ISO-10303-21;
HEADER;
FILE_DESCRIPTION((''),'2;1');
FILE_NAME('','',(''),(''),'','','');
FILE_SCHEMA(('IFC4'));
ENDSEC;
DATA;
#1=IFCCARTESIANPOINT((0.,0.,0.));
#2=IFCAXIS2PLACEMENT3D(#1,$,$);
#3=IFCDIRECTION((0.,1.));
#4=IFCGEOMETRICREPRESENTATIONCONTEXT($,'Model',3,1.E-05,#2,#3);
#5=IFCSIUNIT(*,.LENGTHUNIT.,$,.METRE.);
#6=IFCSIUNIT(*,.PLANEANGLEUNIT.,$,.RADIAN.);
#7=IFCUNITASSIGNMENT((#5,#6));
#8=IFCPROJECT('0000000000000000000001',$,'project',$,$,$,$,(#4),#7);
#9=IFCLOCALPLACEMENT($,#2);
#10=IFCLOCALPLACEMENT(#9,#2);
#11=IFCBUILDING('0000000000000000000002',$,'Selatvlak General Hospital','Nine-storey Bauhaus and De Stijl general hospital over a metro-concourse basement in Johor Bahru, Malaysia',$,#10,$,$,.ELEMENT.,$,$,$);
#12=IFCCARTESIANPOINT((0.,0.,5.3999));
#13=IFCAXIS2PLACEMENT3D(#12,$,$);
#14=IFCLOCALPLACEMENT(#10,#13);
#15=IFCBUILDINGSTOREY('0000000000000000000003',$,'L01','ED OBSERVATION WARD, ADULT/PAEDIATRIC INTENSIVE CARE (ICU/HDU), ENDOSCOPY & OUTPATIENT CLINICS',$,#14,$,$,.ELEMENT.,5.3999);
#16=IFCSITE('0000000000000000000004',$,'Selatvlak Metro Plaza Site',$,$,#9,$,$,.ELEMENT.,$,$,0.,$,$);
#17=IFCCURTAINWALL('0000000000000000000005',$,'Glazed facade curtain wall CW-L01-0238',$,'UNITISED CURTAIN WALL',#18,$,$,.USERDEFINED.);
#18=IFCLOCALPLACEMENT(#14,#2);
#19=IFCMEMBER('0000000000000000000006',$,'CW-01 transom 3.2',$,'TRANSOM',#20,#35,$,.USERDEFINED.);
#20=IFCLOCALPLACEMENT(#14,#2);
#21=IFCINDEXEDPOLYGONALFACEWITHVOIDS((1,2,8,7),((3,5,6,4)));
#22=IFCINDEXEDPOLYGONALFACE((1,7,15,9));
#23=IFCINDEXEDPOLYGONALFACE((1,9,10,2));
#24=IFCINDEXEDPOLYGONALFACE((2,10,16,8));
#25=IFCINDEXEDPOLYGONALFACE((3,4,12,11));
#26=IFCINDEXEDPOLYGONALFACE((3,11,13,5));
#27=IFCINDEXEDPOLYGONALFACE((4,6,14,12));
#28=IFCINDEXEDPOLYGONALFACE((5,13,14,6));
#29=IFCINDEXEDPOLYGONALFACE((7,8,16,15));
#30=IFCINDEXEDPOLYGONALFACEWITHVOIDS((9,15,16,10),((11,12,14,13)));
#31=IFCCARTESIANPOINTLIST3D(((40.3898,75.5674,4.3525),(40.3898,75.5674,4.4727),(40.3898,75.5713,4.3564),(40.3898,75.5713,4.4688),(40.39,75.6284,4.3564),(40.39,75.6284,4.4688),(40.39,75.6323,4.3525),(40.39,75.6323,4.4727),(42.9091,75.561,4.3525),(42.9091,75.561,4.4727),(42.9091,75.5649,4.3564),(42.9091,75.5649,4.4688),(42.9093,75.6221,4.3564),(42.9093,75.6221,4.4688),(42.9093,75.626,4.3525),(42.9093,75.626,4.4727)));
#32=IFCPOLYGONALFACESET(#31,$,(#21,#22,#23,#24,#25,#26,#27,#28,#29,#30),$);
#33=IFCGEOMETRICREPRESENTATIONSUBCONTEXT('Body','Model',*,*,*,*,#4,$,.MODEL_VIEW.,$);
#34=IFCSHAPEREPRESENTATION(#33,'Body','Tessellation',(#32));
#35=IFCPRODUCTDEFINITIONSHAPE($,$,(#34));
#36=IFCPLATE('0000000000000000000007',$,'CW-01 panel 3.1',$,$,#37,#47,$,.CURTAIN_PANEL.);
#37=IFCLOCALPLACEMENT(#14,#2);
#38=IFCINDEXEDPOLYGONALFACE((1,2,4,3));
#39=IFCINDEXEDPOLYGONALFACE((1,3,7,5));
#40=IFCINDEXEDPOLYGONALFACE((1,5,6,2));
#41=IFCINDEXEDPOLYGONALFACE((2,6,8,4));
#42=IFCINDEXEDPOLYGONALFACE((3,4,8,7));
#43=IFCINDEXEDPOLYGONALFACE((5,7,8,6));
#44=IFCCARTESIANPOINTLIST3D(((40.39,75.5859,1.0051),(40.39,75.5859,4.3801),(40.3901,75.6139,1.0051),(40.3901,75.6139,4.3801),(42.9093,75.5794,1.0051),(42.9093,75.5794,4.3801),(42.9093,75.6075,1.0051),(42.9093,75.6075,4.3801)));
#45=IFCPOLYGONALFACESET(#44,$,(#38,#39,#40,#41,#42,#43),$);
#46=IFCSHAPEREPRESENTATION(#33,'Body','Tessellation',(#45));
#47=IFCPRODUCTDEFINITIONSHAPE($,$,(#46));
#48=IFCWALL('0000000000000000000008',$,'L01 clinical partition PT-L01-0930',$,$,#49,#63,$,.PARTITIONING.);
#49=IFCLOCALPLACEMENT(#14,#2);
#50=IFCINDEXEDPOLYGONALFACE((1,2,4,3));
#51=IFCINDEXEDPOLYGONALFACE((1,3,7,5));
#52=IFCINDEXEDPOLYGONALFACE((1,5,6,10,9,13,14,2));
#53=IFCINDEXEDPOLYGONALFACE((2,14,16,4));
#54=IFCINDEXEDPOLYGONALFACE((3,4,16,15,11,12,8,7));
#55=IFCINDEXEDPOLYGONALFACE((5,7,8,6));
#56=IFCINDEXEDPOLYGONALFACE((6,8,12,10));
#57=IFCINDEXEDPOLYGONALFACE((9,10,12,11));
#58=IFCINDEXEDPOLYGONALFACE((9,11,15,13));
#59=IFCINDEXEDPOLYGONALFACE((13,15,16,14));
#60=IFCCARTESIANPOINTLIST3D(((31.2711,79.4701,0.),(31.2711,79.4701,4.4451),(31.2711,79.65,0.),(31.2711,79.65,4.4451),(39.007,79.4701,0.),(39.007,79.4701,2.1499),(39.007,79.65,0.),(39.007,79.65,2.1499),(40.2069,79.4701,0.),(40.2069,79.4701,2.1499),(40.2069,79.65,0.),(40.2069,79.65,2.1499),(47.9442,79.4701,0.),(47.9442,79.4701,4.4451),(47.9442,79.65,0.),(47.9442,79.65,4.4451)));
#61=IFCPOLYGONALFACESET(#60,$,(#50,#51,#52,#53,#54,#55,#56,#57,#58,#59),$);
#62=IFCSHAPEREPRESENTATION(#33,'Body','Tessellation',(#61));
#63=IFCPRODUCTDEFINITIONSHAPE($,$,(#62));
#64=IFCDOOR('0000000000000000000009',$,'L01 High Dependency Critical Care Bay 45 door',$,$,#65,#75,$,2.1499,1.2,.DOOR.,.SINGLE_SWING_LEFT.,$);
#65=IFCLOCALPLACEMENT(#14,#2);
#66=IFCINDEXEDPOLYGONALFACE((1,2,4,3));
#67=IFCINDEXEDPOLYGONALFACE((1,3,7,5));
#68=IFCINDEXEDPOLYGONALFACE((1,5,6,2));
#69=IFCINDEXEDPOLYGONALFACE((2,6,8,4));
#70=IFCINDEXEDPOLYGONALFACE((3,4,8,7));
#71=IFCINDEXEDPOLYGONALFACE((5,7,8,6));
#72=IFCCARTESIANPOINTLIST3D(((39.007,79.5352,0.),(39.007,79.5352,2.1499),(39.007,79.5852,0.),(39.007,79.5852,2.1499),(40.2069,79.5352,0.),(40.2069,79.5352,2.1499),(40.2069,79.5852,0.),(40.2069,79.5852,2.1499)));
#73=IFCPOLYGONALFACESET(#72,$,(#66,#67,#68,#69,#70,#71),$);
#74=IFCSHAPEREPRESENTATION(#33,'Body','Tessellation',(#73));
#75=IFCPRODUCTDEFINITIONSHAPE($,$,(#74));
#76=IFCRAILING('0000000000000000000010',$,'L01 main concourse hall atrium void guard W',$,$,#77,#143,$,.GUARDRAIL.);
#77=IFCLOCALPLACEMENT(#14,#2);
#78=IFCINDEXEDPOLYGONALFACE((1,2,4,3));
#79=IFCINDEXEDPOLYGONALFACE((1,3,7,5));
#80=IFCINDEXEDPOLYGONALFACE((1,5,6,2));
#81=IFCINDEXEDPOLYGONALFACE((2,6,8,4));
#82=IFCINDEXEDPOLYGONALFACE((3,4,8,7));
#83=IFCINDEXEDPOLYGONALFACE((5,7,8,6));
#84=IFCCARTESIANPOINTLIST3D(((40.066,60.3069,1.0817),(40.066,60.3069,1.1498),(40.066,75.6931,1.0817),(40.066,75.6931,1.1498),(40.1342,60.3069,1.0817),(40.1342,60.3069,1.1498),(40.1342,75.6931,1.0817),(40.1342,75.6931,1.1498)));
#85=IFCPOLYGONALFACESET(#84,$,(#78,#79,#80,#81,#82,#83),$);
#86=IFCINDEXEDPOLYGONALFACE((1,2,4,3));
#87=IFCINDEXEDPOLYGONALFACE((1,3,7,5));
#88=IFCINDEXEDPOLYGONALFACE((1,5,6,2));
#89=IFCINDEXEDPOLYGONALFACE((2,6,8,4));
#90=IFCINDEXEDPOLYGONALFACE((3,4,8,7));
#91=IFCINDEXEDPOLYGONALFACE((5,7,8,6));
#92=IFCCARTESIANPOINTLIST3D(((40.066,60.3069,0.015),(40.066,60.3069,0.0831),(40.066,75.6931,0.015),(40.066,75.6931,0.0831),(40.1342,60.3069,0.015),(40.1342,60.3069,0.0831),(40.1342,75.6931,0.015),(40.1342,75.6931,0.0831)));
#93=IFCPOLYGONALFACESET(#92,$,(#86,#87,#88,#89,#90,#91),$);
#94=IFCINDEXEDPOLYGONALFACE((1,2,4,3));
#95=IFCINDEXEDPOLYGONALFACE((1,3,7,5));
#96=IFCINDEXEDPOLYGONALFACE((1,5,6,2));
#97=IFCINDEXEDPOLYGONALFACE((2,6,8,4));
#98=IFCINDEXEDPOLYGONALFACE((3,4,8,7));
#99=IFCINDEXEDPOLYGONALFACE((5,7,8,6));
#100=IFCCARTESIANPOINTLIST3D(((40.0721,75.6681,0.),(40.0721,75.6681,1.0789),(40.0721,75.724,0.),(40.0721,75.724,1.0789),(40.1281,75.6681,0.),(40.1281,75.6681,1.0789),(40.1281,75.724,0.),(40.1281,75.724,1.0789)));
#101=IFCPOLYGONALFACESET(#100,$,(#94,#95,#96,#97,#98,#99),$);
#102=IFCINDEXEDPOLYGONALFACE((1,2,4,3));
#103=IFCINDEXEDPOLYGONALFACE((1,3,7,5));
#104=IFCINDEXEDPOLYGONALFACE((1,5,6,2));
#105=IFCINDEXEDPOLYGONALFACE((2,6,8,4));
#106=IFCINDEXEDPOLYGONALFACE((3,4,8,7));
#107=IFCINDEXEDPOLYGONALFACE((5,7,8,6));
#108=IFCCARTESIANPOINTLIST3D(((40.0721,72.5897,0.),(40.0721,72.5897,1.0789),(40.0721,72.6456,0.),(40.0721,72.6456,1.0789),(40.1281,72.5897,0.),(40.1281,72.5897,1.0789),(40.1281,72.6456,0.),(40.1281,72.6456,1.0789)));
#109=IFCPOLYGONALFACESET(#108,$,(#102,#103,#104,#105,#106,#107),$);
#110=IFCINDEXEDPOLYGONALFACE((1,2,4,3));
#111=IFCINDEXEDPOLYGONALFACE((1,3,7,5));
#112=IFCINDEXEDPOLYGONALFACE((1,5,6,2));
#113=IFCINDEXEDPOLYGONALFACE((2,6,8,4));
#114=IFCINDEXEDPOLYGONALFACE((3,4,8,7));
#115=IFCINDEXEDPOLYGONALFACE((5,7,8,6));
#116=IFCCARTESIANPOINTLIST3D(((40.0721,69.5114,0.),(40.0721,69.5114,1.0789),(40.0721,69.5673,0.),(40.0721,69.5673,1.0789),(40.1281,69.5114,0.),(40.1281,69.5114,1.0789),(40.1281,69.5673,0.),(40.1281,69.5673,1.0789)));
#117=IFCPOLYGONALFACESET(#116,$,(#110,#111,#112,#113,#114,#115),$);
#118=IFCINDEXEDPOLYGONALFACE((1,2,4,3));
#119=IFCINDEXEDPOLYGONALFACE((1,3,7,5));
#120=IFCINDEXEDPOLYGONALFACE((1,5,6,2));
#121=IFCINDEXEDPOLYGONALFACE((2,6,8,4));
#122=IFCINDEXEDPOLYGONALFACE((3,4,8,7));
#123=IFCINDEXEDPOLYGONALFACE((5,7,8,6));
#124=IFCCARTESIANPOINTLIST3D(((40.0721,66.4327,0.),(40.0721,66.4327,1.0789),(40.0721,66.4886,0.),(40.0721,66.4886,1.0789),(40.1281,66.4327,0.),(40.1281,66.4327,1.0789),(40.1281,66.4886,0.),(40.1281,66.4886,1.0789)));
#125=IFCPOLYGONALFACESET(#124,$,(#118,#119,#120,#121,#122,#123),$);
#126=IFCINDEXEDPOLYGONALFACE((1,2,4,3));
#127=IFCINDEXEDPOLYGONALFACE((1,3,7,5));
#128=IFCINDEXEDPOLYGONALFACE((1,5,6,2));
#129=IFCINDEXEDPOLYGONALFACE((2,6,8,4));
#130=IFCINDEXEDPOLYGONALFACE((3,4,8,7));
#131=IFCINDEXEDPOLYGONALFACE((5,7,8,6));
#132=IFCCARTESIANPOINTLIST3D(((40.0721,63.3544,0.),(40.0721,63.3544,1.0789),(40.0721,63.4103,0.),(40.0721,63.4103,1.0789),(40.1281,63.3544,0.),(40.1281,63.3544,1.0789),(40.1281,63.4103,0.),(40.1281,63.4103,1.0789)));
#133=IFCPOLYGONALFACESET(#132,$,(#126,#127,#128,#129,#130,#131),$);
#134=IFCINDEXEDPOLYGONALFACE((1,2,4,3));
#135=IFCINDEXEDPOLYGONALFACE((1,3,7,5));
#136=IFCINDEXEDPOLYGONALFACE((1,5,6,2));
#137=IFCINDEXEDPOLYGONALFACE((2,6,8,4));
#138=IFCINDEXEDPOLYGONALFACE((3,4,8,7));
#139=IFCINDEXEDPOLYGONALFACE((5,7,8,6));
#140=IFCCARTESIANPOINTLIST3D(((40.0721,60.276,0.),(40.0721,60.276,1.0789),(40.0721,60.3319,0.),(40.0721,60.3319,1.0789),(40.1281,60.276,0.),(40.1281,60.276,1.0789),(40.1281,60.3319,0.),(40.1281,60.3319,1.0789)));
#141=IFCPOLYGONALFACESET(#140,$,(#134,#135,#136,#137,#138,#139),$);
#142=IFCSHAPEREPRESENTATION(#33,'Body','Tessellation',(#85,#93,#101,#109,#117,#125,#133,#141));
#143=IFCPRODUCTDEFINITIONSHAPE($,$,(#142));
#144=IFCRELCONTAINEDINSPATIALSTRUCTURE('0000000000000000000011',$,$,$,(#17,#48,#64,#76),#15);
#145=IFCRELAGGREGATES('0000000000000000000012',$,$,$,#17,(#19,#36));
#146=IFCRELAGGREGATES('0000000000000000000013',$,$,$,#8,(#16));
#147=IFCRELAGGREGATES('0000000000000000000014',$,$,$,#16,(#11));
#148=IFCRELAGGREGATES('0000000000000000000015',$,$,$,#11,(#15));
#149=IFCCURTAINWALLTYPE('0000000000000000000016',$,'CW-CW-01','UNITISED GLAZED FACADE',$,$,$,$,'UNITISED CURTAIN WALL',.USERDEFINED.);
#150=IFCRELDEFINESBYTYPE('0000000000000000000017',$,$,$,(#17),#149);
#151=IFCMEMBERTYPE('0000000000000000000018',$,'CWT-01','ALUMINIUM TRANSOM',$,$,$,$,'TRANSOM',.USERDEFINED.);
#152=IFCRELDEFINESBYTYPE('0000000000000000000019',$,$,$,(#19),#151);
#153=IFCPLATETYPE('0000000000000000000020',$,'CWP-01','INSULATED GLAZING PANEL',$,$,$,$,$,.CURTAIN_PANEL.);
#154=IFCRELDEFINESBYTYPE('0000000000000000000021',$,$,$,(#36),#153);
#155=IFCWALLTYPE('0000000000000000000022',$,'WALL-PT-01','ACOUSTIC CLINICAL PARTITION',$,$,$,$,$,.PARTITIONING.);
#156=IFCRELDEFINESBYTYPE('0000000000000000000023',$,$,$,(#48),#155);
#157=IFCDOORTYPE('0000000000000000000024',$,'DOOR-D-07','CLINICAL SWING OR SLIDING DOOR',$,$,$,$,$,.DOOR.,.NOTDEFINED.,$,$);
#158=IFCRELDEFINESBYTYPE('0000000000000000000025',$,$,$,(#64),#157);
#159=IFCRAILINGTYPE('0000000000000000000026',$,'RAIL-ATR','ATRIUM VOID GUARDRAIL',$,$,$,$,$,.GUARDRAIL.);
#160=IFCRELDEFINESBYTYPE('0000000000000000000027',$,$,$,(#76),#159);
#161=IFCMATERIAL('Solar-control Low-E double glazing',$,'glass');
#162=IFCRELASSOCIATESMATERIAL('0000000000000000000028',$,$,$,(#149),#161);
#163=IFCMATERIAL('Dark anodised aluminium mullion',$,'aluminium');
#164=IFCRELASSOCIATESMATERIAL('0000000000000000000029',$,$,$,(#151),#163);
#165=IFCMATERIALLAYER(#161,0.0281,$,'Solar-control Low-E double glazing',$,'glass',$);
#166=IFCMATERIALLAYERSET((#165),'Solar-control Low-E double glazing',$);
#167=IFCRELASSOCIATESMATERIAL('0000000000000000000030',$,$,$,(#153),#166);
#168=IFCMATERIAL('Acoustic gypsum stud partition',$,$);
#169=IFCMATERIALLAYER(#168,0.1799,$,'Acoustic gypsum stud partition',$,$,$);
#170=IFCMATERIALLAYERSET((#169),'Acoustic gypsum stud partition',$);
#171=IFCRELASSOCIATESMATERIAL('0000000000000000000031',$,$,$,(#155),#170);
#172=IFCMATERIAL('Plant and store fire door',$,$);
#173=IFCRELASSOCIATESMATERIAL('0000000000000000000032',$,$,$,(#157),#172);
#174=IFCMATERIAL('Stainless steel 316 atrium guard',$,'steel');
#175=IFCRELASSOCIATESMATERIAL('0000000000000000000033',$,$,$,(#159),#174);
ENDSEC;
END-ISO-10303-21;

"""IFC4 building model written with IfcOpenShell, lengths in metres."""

from ifc_helpers import new_model, si_unit, direction, frame, frame_2d, origin, origin_2d, place, context, subcontext, project, spatial, rectangle, hollow_rectangle, extrude, material, layer, layer_set, material_profile, profile_set, type_object, element, fill, aggregate, save


model = new_model("IFC4")

# Units and contexts
model_context = context("Model", 3, precision=1e-05, world=origin(), true_north=direction((0.0, 1.0)))
body_context = subcontext(model_context, "Body", "Model", "MODEL_VIEW")
ifc_project = project(units=[si_unit("LENGTHUNIT", "METRE"), si_unit("PLANEANGLEUNIT", "RADIAN")], contexts=[model_context])

# Site, building, storey
site_placement = place(None, origin())
site = spatial("IfcSite", under=ifc_project, at=site_placement, Name="Selatvlak Metro Plaza Site", CompositionType="ELEMENT", RefElevation=0.0)
building_placement = place(site_placement, origin())
building = spatial("IfcBuilding", under=site, at=building_placement, Name="Selatvlak General Hospital", Description="Nine-storey Bauhaus and De Stijl general hospital over a metro-concourse basement in Johor Bahru, Malaysia", CompositionType="ELEMENT")
storey_placement = place(building_placement, frame((0.0, 0.0, 5.3999)))
storey = spatial("IfcBuildingStorey", under=building, at=storey_placement, Name="L01", Description="ED OBSERVATION WARD, ADULT/PAEDIATRIC INTENSIVE CARE (ICU/HDU), ENDOSCOPY & OUTPATIENT CLINICS", CompositionType="ELEMENT", Elevation=5.3999)

# Curtain wall, member, plate
ifc_material_1 = material(Name="Solar-control Low-E double glazing", Category="glass")
curtain_wall_type = type_object("IfcCurtainWallType", Name="CW-CW-01", Description="UNITISED GLAZED FACADE", ElementType="UNITISED CURTAIN WALL", PredefinedType="USERDEFINED", material=ifc_material_1)
curtain_wall_placement = place(storey_placement, origin())
curtain_wall = element("IfcCurtainWall", 1, at=curtain_wall_placement, inside=storey, type_object=curtain_wall_type, Name="Glazed facade curtain wall CW-L01-0238", ObjectType="UNITISED CURTAIN WALL", PredefinedType="USERDEFINED")
ifc_material_2 = material(Name="Dark anodised aluminium mullion", Category="aluminium")
ifc_material_profile_1 = material_profile(ifc_material_2, hollow_rectangle(XDim=0.0649, YDim=0.1201, WallThickness=0.0039, at=origin_2d()), Name="AL-TRN 65x120x4")
ifc_profile_set_1 = profile_set([ifc_material_profile_1], Name="Dark anodised aluminium mullion")
member_type_1 = type_object("IfcMemberType", Name="CWT-01", Description="ALUMINIUM TRANSOM", ElementType="TRANSOM", PredefinedType="USERDEFINED", material=ifc_profile_set_1)
member_1_placement = place(storey_placement, frame((42.9092, 75.5935, 4.4126), z_axis=(-0.999997, 0.00252, 0.0), x_axis=(-0.00252, -0.999997, 0.0)))
member_1 = element("IfcMember", 2, at=member_1_placement, type_object=member_type_1, Name="CW-01 transom 3.2", ObjectType="TRANSOM", PredefinedType="USERDEFINED", context=body_context, shape_type="SweptSolid", body=[
    extrude(hollow_rectangle(XDim=0.0649, YDim=0.1201, WallThickness=0.0039, at=origin_2d()), origin(), (0.0, 0.0, 1.0), 2.5193),
])
ifc_layer_1 = layer(ifc_material_1, 0.0281, Name="Solar-control Low-E double glazing", Category="glass")
ifc_layer_set_1 = layer_set([ifc_layer_1], Name="Solar-control Low-E double glazing")
plate_type = type_object("IfcPlateType", Name="CWP-01", Description="INSULATED GLAZING PANEL", PredefinedType="CURTAIN_PANEL", material=ifc_layer_set_1)
plate_placement = place(storey_placement, frame((41.6497, 75.5967, 1.0051), z_axis=(0.0, 0.0, 1.0), x_axis=(-0.999997, 0.002548, 0.0)))
plate = element("IfcPlate", 3, at=plate_placement, type_object=plate_type, Name="CW-01 panel 3.1", PredefinedType="CURTAIN_PANEL", context=body_context, shape_type="SweptSolid", body=[
    extrude(rectangle(XDim=2.5193, YDim=0.0281, at=origin_2d()), origin(), (0.0, 0.0, 1.0), 3.375),
])
aggregate(curtain_wall, [member_1, plate])

# Wall, opening, door
ifc_material_3 = material(Name="Acoustic gypsum stud partition")
ifc_layer_2 = layer(ifc_material_3, 0.1799, Name="Acoustic gypsum stud partition")
ifc_layer_set_2 = layer_set([ifc_layer_2], Name="Acoustic gypsum stud partition")
wall_type = type_object("IfcWallType", Name="WALL-PT-01", Description="ACOUSTIC CLINICAL PARTITION", PredefinedType="PARTITIONING", material=ifc_layer_set_2)
wall_placement = place(storey_placement, frame((47.9441, 79.5601, 0.0), z_axis=(0.0, 0.0, 1.0), x_axis=(-1.0, 0.0, 0.0)))
wall = element("IfcWall", 4, at=wall_placement, inside=storey, type_object=wall_type, Name="L01 clinical partition PT-L01-0930", PredefinedType="PARTITIONING", context=body_context, shape_type="SweptSolid", body=[
    extrude(rectangle(XDim=16.6731, YDim=0.1799, at=frame_2d((8.3364, 0.0))), origin(), (0.0, 0.0, 1.0), 4.4451),
])
opening_placement = place(wall_placement, frame((7.7371, 0.0, 0.0)))
opening = element("IfcOpeningElement", 5, at=opening_placement, cuts=wall, PredefinedType="OPENING", context=body_context, shape_type="SweptSolid", body=[
    extrude(rectangle(XDim=1.2, YDim=2.1499, at=frame_2d((0.6001, 1.075))), frame((0.0, 0.0999, 0.0), z_axis=(0.0, -1.0, 0.0), x_axis=(1.0, 0.0, 0.0)), (0.0, 0.0, 1.0), 0.2),
])
ifc_material_4 = material(Name="Plant and store fire door")
door_type = type_object("IfcDoorType", Name="DOOR-D-07", Description="CLINICAL SWING OR SLIDING DOOR", OperationType="NOTDEFINED", PredefinedType="DOOR", material=ifc_material_4)
door_placement = place(opening_placement, origin())
door = element("IfcDoor", 6, at=door_placement, inside=storey, type_object=door_type, Name="L01 High Dependency Critical Care Bay 45 door", OperationType="SINGLE_SWING_LEFT", OverallHeight=2.1499, OverallWidth=1.2, PredefinedType="DOOR", context=body_context, shape_type="SweptSolid", body=[
    extrude(rectangle(XDim=1.2, YDim=2.1499, at=frame_2d((0.6001, 1.075))), frame((0.0, 0.0249, 0.0), z_axis=(0.0, -1.0, 0.0), x_axis=(1.0, 0.0, 0.0)), (0.0, 0.0, 1.0), 0.05),
])
fill(opening, door)

# Railing
ifc_material_5 = material(Name="Stainless steel 316 atrium guard", Category="steel")
railing_type = type_object("IfcRailingType", Name="RAIL-ATR", Description="ATRIUM VOID GUARDRAIL", PredefinedType="GUARDRAIL", material=ifc_material_5)
railing_placement = place(storey_placement, frame((40.1001, 75.696, 0.0)))
element("IfcRailing", 7, at=railing_placement, inside=storey, type_object=railing_type, Name="L01 main concourse hall atrium void guard W", PredefinedType="GUARDRAIL", context=body_context, shape_type="SweptSolid", body=[
    extrude(rectangle(XDim=0.0681, YDim=0.0681, at=origin_2d()), frame((0.0, -0.0029, 1.1157), z_axis=(0.0, -1.0, 0.0), x_axis=(1.0, 0.0, 0.0)), (0.0, 0.0, 1.0), 15.3862),
    extrude(rectangle(XDim=0.0681, YDim=0.0681, at=origin_2d()), frame((0.0, -0.0029, 0.0491), z_axis=(0.0, -1.0, 0.0), x_axis=(1.0, 0.0, 0.0)), (0.0, 0.0, 1.0), 15.3862),
    extrude(rectangle(XDim=0.0559, YDim=0.0559, at=origin_2d()), origin(), (0.0, 0.0, 1.0), 1.0789),
    extrude(rectangle(XDim=0.0559, YDim=0.0559, at=origin_2d()), frame((0.0, -3.0784, 0.0)), (0.0, 0.0, 1.0), 1.0789),
    extrude(rectangle(XDim=0.0559, YDim=0.0559, at=origin_2d()), frame((0.0, -6.1567, 0.0)), (0.0, 0.0, 1.0), 1.0789),
    extrude(rectangle(XDim=0.0559, YDim=0.0559, at=origin_2d()), frame((0.0, -9.2354, 0.0)), (0.0, 0.0, 1.0), 1.0789),
    extrude(rectangle(XDim=0.0559, YDim=0.0559, at=origin_2d()), frame((0.0, -12.3137, 0.0)), (0.0, 0.0, 1.0), 1.0789),
    extrude(rectangle(XDim=0.0559, YDim=0.0559, at=origin_2d()), frame((0.0, -15.3921, 0.0)), (0.0, 0.0, 1.0), 1.0789),
])

save(model, "model.ifc")
